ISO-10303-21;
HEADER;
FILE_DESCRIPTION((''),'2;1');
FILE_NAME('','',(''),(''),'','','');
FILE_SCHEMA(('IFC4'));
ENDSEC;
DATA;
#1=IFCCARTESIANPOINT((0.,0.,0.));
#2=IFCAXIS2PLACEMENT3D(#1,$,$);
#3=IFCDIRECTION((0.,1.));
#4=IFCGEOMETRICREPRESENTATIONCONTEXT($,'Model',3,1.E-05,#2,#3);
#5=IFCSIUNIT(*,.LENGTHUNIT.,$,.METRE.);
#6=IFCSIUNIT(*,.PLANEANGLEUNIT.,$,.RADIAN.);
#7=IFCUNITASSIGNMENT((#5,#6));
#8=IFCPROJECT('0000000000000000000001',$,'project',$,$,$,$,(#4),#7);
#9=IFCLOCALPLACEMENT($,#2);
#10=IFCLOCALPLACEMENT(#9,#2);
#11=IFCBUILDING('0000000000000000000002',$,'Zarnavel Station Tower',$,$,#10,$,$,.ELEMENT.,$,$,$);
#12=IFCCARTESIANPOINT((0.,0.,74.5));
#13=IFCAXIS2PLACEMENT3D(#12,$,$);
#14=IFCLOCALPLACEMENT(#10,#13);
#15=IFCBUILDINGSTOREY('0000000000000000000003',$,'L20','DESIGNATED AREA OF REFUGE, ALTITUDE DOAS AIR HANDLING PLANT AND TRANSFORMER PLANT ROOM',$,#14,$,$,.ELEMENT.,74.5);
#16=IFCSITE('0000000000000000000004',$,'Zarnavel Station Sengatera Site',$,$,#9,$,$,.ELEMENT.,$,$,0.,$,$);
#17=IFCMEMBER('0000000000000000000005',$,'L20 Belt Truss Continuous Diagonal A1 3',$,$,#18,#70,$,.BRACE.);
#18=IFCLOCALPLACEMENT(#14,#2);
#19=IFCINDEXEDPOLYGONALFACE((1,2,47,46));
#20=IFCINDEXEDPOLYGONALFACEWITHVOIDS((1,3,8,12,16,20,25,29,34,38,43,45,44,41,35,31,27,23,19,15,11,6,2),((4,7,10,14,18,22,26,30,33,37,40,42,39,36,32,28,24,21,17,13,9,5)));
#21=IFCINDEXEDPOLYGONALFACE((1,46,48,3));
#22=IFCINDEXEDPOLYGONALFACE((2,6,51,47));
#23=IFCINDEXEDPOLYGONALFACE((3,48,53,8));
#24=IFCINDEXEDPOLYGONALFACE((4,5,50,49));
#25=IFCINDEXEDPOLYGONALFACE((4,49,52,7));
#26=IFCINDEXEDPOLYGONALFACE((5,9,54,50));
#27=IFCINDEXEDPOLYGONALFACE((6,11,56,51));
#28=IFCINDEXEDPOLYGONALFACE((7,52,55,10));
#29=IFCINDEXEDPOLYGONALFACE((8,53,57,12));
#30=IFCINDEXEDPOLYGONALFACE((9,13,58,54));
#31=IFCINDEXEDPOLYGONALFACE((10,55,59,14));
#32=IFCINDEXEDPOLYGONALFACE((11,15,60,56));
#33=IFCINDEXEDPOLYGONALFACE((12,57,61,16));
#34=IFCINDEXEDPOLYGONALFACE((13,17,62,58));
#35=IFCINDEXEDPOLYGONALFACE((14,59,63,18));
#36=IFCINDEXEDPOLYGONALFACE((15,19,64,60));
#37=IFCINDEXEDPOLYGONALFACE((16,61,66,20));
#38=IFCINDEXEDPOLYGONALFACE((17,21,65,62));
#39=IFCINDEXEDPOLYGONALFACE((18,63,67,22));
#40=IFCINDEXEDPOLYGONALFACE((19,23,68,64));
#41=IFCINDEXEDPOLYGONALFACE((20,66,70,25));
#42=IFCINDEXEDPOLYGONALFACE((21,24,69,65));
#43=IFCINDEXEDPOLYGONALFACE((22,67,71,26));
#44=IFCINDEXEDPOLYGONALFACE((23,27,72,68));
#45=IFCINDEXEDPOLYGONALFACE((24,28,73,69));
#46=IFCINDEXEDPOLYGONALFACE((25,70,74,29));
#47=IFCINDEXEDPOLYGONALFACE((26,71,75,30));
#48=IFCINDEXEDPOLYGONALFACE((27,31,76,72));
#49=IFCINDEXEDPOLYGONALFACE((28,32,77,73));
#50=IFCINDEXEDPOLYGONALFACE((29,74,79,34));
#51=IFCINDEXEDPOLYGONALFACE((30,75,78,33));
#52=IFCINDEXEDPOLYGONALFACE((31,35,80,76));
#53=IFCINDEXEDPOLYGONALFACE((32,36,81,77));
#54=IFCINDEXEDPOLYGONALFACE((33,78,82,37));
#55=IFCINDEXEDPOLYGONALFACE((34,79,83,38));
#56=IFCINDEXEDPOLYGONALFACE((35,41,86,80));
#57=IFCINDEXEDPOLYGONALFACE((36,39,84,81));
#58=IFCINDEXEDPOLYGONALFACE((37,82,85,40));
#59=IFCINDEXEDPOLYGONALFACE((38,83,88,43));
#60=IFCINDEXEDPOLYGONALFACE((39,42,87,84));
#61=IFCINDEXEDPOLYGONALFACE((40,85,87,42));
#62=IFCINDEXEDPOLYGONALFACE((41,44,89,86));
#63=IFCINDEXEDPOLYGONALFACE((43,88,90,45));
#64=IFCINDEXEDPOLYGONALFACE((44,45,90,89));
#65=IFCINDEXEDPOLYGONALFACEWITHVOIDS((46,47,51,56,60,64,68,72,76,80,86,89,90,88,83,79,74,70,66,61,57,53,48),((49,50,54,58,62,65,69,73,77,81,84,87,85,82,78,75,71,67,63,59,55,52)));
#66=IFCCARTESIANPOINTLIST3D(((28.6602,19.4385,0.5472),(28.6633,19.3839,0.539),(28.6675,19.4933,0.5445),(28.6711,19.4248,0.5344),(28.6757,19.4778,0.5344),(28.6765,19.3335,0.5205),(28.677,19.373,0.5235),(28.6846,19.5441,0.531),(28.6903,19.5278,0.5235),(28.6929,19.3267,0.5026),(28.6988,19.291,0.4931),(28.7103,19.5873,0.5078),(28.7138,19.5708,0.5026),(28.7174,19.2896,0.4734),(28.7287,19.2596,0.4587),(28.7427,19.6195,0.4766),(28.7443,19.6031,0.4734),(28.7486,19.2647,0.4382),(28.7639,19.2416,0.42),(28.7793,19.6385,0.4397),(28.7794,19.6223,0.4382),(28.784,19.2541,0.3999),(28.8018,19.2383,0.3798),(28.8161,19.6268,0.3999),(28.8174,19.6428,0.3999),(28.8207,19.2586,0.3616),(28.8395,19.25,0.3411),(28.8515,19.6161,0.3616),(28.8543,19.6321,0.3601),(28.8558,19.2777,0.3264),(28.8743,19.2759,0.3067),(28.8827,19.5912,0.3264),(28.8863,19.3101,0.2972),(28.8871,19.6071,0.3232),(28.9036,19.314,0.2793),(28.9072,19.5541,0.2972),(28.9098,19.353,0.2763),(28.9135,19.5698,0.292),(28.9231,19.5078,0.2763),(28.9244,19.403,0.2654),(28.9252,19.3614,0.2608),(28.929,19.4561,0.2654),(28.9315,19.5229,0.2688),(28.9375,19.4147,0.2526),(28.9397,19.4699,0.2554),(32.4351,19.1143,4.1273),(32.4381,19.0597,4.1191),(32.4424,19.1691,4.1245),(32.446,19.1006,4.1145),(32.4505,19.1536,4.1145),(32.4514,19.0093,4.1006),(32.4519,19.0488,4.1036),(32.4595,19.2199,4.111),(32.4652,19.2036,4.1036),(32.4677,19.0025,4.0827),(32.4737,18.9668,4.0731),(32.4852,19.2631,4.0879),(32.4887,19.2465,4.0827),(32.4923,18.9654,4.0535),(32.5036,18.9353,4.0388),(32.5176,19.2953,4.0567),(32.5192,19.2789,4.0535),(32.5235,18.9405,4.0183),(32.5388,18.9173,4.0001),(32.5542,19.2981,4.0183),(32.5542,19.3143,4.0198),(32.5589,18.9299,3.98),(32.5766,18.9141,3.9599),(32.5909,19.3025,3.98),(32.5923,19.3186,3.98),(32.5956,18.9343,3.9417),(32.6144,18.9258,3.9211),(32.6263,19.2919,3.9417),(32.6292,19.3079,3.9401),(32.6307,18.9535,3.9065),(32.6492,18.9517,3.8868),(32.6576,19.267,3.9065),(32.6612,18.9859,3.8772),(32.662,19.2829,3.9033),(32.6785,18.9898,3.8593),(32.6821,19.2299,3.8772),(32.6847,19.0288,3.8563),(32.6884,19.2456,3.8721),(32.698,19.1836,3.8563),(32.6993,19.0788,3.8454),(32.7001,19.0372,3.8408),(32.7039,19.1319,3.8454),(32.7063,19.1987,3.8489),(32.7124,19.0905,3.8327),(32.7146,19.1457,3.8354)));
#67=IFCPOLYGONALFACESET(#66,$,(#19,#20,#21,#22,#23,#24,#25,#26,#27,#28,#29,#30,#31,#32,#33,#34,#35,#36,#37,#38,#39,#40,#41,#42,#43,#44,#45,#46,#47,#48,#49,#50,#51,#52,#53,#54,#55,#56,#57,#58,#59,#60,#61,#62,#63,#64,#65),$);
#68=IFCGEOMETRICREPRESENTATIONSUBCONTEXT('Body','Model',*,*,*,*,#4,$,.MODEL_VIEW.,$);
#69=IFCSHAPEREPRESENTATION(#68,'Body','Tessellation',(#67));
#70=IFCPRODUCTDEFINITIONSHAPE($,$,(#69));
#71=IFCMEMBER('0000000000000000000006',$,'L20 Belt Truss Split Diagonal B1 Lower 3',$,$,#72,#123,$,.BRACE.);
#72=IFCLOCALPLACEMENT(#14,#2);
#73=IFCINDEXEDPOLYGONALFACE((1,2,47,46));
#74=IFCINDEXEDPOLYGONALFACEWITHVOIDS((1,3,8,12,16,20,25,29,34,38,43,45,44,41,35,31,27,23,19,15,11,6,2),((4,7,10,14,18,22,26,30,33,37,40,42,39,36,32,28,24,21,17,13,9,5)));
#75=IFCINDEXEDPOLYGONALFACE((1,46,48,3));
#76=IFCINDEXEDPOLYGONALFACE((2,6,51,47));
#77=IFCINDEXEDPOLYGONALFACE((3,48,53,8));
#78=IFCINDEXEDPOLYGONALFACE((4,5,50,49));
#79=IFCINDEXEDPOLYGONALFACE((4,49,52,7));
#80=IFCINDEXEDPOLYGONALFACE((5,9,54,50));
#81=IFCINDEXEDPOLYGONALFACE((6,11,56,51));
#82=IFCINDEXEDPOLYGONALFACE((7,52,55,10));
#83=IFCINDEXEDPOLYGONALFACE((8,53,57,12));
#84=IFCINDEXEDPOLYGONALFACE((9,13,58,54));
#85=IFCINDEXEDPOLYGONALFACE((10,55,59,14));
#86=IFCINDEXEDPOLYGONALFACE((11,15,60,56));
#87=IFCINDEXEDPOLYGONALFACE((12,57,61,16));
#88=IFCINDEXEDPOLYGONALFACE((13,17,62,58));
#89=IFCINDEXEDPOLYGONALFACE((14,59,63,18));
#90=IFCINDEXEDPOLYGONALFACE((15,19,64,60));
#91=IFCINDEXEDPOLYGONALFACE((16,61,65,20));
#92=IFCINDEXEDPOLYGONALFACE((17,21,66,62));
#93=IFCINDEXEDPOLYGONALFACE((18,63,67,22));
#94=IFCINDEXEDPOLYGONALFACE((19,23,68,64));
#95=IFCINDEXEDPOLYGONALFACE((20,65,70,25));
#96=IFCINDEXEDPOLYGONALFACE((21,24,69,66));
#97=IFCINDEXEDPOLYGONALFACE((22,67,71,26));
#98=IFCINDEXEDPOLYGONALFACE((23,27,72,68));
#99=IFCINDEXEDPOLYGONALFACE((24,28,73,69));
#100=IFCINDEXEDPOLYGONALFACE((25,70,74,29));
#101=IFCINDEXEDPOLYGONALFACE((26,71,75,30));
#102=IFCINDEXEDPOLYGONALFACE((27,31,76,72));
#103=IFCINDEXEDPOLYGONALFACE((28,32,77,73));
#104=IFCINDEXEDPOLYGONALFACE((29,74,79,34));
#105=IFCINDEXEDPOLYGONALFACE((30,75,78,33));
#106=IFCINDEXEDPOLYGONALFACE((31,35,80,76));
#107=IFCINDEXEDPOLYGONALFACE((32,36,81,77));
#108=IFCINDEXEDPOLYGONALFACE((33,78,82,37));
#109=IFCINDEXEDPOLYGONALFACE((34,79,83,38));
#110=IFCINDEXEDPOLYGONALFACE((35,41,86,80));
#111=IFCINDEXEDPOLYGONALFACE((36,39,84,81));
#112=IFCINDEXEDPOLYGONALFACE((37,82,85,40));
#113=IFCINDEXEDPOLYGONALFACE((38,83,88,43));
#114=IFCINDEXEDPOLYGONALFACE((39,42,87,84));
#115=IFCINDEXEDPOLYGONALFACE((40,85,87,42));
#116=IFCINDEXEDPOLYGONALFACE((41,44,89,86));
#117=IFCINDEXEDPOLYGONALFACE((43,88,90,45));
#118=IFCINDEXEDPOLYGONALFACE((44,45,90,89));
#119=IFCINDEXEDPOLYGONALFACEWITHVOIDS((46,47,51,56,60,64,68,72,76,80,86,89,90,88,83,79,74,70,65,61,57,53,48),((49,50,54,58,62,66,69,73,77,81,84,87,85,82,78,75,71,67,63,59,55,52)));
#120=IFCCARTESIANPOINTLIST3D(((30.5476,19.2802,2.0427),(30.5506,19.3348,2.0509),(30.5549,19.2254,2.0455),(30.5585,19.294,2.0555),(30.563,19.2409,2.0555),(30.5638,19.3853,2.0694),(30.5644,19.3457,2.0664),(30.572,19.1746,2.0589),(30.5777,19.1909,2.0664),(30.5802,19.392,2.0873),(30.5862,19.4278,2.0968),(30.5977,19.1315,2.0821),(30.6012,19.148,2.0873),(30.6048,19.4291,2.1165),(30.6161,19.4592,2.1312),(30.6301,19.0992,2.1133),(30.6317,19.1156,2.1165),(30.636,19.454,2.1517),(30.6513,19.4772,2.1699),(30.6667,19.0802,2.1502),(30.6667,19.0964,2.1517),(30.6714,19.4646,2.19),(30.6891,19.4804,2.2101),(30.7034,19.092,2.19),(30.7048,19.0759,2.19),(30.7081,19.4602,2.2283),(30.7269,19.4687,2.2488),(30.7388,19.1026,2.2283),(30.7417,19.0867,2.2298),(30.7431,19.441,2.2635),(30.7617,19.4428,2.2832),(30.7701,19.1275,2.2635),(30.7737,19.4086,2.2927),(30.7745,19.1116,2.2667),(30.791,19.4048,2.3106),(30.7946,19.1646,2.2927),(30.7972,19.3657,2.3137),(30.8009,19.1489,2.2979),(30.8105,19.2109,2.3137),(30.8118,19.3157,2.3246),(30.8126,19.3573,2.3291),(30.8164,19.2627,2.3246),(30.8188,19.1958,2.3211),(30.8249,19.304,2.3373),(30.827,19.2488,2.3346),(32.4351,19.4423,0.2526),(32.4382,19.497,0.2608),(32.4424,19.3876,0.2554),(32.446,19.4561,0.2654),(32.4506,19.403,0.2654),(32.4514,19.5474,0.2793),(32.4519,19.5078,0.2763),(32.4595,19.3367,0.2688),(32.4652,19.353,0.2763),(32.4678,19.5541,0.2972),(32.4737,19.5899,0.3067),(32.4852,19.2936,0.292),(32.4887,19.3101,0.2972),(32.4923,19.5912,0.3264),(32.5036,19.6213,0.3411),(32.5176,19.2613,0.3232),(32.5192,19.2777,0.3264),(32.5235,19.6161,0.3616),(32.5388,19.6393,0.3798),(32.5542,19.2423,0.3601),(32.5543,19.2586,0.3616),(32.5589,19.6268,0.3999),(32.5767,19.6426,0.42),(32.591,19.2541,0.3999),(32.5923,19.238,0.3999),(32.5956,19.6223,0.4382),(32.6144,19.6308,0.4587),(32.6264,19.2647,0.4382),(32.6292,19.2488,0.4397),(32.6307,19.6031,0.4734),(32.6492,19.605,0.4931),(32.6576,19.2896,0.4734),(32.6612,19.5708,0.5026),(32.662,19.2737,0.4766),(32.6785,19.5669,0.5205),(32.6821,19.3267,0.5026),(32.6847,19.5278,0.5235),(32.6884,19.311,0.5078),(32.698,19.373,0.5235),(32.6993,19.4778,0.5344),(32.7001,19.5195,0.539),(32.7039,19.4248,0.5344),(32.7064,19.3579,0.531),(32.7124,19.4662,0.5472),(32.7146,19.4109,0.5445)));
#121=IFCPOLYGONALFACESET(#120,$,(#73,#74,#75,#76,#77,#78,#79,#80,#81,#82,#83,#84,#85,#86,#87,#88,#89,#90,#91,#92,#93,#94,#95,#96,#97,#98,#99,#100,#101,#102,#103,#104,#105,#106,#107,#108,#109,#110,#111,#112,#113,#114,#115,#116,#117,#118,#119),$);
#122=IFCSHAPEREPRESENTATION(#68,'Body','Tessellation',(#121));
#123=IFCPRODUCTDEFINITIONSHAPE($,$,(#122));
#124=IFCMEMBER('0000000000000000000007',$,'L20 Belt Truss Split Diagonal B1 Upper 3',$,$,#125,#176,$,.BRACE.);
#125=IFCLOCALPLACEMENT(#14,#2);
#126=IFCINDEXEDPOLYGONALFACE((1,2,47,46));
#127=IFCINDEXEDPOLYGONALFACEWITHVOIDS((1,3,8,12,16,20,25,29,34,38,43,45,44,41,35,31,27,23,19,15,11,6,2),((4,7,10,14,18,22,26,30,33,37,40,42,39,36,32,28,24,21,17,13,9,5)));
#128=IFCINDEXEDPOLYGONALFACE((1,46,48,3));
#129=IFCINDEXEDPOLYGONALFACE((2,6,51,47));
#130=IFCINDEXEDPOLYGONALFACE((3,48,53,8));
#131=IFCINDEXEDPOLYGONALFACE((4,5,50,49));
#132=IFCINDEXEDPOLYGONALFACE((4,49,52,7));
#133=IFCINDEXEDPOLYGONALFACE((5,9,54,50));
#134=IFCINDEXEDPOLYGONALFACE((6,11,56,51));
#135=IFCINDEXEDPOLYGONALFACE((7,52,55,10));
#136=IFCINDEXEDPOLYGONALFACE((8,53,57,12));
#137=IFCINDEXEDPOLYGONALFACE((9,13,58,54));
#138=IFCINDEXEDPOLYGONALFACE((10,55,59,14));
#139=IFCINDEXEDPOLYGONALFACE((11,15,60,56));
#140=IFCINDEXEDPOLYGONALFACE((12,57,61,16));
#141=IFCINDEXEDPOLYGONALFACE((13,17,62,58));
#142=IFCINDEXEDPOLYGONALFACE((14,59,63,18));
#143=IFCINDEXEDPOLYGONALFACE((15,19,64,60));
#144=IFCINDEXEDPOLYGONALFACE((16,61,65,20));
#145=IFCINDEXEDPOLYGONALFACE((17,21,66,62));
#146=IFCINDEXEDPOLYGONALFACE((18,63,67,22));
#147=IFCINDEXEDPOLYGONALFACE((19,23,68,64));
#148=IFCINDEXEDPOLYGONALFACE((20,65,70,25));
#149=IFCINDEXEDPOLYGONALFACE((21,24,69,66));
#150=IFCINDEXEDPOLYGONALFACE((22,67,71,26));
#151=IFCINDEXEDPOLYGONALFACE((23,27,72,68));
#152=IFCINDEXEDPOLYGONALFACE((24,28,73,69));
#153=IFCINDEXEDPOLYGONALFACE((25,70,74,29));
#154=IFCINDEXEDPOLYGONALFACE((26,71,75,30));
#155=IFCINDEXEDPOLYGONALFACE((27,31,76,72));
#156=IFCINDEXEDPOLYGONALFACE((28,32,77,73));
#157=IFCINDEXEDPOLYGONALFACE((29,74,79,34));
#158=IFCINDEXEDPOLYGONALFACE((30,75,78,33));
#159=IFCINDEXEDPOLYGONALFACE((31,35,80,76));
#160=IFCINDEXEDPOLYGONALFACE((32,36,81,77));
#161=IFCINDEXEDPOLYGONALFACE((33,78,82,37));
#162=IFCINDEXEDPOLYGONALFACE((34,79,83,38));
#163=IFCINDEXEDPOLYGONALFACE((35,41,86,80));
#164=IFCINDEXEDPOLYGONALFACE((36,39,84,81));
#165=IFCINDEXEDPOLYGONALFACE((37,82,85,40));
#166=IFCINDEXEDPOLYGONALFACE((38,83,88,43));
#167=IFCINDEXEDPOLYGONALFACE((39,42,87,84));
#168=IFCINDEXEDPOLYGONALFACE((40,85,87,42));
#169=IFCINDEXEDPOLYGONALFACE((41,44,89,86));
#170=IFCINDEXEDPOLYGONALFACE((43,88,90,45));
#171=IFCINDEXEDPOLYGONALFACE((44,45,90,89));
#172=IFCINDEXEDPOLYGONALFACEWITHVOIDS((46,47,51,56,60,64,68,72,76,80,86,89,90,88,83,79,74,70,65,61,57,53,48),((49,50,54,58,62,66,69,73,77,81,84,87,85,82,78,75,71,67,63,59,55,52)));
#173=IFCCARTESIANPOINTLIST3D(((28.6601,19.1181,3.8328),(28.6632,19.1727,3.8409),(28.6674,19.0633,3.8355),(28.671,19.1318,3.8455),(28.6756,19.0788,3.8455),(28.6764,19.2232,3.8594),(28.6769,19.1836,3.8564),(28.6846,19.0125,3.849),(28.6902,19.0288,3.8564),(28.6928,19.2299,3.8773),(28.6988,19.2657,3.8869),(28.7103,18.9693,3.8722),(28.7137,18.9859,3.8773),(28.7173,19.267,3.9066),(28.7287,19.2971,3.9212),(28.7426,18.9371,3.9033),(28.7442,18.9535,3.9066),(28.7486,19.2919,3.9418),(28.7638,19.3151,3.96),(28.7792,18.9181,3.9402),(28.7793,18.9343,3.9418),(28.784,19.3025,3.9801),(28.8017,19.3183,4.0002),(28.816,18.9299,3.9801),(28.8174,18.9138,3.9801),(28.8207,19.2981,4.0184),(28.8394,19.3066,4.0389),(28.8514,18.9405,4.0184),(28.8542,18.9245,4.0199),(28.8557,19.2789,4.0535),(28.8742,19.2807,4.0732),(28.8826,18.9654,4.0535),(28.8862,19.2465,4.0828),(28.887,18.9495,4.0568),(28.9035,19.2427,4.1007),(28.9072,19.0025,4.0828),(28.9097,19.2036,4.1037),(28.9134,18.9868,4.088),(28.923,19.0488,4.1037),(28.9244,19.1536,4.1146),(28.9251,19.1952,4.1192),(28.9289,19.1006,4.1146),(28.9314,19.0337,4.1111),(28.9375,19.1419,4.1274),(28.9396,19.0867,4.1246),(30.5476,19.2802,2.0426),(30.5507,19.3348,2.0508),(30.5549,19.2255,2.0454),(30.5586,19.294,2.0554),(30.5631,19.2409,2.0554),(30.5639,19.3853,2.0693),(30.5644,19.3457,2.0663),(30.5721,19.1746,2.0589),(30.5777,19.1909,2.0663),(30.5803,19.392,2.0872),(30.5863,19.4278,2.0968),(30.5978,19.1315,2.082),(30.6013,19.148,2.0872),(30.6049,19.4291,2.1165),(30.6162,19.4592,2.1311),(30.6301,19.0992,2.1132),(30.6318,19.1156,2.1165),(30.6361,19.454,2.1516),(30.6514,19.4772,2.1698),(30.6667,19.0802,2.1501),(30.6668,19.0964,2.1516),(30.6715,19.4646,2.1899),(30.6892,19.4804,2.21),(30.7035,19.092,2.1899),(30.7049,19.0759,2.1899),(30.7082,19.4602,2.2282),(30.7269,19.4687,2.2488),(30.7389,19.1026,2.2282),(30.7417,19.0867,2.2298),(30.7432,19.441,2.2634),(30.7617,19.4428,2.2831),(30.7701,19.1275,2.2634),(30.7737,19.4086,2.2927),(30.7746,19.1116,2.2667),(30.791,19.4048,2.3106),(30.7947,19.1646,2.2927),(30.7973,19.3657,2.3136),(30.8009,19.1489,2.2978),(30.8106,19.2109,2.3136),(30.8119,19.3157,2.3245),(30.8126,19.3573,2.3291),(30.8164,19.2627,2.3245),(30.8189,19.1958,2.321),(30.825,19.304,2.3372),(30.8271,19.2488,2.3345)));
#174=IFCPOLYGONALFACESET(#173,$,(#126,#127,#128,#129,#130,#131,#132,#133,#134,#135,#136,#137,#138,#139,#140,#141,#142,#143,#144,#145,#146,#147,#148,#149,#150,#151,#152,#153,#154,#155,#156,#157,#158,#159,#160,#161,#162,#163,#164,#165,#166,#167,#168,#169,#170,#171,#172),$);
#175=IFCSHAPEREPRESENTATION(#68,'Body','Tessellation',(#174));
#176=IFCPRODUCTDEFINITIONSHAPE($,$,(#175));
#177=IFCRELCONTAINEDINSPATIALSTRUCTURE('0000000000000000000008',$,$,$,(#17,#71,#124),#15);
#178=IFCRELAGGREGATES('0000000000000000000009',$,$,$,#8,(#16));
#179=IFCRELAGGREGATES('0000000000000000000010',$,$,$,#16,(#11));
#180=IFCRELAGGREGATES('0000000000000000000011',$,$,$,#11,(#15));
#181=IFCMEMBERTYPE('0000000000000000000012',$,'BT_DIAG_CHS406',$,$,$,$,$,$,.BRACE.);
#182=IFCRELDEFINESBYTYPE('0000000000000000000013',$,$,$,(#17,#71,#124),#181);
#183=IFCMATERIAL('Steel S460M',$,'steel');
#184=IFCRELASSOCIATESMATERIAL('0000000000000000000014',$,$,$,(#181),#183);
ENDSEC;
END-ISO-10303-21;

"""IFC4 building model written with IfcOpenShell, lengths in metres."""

from ifc_helpers import new_model, si_unit, direction, frame, origin, origin_2d, place, context, subcontext, project, spatial, hollow_circle, extrude, material, material_profile, profile_set, type_object, element, save


model = new_model("IFC4")

# Units and contexts
model_context = context("Model", 3, precision=1e-05, world=origin(), true_north=direction((0.0, 1.0)))
body_context = subcontext(model_context, "Body", "Model", "MODEL_VIEW")
ifc_project = project(units=[si_unit("LENGTHUNIT", "METRE"), si_unit("PLANEANGLEUNIT", "RADIAN")], contexts=[model_context])

# Site, building, storey
site_placement = place(None, origin())
site = spatial("IfcSite", under=ifc_project, at=site_placement, Name="Zarnavel Station Sengatera Site", CompositionType="ELEMENT", RefElevation=0.0)
building_placement = place(site_placement, origin())
building = spatial("IfcBuilding", under=site, at=building_placement, Name="Zarnavel Station Tower", CompositionType="ELEMENT")
storey_placement = place(building_placement, frame((0.0, 0.0, 74.5)))
storey = spatial("IfcBuildingStorey", under=building, at=storey_placement, Name="L20", Description="DESIGNATED AREA OF REFUGE, ALTITUDE DOAS AIR HANDLING PLANT AND TRANSFORMER PLANT ROOM", CompositionType="ELEMENT", Elevation=74.5)

# Members
ifc_material_1 = material(Name="Steel S460M", Category="steel")
ifc_material_profile_1 = material_profile(ifc_material_1, hollow_circle(Radius=0.2031, WallThickness=0.0161, at=origin_2d()), Name="CHS406.4x16")
ifc_profile_set_1 = profile_set([ifc_material_profile_1], Name="Steel S460M")
member_type_1 = type_object("IfcMemberType", Name="BT_DIAG_CHS406", PredefinedType="BRACE", material=ifc_profile_set_1)
member_1_placement = place(storey_placement, frame((28.8, 19.4404, 0.3999), z_axis=(0.724178, -0.062198, 0.686803), x_axis=(0.085573, 0.996332, 0.0)))
element("IfcMember", 1, at=member_1_placement, inside=storey, type_object=member_type_1, Name="L20 Belt Truss Continuous Diagonal A1 3", PredefinedType="BRACE", context=body_context, shape_type="SweptSolid", body=[
    extrude(hollow_circle(Radius=0.2031, WallThickness=0.0161, at=origin_2d()), origin(), (0.0, 0.0, 1.0), 5.2126),
])
for number, where, z_axis, x_axis, name in (
    (2, (32.575, 19.4404, 0.3999), (-0.724178, -0.062198, 0.686803), (0.085573, -0.996332, 0.0), "L20 Belt Truss Split Diagonal B1 Lower 3"),
    (3, (30.6875, 19.2783, 2.1899), (-0.724178, -0.062198, 0.686803), (0.085573, -0.996332, 0.0), "L20 Belt Truss Split Diagonal B1 Upper 3"),
):
    element("IfcMember", number, at=place(storey_placement, frame(where, z_axis=z_axis, x_axis=x_axis)), inside=storey, type_object=member_type_1, Name=name, PredefinedType="BRACE", context=body_context, shape_type="SweptSolid", body=[
        extrude(hollow_circle(Radius=0.2031, WallThickness=0.0161, at=origin_2d()), origin(), (0.0, 0.0, 1.0), 2.6064),
    ])

save(model, "model.ifc")
